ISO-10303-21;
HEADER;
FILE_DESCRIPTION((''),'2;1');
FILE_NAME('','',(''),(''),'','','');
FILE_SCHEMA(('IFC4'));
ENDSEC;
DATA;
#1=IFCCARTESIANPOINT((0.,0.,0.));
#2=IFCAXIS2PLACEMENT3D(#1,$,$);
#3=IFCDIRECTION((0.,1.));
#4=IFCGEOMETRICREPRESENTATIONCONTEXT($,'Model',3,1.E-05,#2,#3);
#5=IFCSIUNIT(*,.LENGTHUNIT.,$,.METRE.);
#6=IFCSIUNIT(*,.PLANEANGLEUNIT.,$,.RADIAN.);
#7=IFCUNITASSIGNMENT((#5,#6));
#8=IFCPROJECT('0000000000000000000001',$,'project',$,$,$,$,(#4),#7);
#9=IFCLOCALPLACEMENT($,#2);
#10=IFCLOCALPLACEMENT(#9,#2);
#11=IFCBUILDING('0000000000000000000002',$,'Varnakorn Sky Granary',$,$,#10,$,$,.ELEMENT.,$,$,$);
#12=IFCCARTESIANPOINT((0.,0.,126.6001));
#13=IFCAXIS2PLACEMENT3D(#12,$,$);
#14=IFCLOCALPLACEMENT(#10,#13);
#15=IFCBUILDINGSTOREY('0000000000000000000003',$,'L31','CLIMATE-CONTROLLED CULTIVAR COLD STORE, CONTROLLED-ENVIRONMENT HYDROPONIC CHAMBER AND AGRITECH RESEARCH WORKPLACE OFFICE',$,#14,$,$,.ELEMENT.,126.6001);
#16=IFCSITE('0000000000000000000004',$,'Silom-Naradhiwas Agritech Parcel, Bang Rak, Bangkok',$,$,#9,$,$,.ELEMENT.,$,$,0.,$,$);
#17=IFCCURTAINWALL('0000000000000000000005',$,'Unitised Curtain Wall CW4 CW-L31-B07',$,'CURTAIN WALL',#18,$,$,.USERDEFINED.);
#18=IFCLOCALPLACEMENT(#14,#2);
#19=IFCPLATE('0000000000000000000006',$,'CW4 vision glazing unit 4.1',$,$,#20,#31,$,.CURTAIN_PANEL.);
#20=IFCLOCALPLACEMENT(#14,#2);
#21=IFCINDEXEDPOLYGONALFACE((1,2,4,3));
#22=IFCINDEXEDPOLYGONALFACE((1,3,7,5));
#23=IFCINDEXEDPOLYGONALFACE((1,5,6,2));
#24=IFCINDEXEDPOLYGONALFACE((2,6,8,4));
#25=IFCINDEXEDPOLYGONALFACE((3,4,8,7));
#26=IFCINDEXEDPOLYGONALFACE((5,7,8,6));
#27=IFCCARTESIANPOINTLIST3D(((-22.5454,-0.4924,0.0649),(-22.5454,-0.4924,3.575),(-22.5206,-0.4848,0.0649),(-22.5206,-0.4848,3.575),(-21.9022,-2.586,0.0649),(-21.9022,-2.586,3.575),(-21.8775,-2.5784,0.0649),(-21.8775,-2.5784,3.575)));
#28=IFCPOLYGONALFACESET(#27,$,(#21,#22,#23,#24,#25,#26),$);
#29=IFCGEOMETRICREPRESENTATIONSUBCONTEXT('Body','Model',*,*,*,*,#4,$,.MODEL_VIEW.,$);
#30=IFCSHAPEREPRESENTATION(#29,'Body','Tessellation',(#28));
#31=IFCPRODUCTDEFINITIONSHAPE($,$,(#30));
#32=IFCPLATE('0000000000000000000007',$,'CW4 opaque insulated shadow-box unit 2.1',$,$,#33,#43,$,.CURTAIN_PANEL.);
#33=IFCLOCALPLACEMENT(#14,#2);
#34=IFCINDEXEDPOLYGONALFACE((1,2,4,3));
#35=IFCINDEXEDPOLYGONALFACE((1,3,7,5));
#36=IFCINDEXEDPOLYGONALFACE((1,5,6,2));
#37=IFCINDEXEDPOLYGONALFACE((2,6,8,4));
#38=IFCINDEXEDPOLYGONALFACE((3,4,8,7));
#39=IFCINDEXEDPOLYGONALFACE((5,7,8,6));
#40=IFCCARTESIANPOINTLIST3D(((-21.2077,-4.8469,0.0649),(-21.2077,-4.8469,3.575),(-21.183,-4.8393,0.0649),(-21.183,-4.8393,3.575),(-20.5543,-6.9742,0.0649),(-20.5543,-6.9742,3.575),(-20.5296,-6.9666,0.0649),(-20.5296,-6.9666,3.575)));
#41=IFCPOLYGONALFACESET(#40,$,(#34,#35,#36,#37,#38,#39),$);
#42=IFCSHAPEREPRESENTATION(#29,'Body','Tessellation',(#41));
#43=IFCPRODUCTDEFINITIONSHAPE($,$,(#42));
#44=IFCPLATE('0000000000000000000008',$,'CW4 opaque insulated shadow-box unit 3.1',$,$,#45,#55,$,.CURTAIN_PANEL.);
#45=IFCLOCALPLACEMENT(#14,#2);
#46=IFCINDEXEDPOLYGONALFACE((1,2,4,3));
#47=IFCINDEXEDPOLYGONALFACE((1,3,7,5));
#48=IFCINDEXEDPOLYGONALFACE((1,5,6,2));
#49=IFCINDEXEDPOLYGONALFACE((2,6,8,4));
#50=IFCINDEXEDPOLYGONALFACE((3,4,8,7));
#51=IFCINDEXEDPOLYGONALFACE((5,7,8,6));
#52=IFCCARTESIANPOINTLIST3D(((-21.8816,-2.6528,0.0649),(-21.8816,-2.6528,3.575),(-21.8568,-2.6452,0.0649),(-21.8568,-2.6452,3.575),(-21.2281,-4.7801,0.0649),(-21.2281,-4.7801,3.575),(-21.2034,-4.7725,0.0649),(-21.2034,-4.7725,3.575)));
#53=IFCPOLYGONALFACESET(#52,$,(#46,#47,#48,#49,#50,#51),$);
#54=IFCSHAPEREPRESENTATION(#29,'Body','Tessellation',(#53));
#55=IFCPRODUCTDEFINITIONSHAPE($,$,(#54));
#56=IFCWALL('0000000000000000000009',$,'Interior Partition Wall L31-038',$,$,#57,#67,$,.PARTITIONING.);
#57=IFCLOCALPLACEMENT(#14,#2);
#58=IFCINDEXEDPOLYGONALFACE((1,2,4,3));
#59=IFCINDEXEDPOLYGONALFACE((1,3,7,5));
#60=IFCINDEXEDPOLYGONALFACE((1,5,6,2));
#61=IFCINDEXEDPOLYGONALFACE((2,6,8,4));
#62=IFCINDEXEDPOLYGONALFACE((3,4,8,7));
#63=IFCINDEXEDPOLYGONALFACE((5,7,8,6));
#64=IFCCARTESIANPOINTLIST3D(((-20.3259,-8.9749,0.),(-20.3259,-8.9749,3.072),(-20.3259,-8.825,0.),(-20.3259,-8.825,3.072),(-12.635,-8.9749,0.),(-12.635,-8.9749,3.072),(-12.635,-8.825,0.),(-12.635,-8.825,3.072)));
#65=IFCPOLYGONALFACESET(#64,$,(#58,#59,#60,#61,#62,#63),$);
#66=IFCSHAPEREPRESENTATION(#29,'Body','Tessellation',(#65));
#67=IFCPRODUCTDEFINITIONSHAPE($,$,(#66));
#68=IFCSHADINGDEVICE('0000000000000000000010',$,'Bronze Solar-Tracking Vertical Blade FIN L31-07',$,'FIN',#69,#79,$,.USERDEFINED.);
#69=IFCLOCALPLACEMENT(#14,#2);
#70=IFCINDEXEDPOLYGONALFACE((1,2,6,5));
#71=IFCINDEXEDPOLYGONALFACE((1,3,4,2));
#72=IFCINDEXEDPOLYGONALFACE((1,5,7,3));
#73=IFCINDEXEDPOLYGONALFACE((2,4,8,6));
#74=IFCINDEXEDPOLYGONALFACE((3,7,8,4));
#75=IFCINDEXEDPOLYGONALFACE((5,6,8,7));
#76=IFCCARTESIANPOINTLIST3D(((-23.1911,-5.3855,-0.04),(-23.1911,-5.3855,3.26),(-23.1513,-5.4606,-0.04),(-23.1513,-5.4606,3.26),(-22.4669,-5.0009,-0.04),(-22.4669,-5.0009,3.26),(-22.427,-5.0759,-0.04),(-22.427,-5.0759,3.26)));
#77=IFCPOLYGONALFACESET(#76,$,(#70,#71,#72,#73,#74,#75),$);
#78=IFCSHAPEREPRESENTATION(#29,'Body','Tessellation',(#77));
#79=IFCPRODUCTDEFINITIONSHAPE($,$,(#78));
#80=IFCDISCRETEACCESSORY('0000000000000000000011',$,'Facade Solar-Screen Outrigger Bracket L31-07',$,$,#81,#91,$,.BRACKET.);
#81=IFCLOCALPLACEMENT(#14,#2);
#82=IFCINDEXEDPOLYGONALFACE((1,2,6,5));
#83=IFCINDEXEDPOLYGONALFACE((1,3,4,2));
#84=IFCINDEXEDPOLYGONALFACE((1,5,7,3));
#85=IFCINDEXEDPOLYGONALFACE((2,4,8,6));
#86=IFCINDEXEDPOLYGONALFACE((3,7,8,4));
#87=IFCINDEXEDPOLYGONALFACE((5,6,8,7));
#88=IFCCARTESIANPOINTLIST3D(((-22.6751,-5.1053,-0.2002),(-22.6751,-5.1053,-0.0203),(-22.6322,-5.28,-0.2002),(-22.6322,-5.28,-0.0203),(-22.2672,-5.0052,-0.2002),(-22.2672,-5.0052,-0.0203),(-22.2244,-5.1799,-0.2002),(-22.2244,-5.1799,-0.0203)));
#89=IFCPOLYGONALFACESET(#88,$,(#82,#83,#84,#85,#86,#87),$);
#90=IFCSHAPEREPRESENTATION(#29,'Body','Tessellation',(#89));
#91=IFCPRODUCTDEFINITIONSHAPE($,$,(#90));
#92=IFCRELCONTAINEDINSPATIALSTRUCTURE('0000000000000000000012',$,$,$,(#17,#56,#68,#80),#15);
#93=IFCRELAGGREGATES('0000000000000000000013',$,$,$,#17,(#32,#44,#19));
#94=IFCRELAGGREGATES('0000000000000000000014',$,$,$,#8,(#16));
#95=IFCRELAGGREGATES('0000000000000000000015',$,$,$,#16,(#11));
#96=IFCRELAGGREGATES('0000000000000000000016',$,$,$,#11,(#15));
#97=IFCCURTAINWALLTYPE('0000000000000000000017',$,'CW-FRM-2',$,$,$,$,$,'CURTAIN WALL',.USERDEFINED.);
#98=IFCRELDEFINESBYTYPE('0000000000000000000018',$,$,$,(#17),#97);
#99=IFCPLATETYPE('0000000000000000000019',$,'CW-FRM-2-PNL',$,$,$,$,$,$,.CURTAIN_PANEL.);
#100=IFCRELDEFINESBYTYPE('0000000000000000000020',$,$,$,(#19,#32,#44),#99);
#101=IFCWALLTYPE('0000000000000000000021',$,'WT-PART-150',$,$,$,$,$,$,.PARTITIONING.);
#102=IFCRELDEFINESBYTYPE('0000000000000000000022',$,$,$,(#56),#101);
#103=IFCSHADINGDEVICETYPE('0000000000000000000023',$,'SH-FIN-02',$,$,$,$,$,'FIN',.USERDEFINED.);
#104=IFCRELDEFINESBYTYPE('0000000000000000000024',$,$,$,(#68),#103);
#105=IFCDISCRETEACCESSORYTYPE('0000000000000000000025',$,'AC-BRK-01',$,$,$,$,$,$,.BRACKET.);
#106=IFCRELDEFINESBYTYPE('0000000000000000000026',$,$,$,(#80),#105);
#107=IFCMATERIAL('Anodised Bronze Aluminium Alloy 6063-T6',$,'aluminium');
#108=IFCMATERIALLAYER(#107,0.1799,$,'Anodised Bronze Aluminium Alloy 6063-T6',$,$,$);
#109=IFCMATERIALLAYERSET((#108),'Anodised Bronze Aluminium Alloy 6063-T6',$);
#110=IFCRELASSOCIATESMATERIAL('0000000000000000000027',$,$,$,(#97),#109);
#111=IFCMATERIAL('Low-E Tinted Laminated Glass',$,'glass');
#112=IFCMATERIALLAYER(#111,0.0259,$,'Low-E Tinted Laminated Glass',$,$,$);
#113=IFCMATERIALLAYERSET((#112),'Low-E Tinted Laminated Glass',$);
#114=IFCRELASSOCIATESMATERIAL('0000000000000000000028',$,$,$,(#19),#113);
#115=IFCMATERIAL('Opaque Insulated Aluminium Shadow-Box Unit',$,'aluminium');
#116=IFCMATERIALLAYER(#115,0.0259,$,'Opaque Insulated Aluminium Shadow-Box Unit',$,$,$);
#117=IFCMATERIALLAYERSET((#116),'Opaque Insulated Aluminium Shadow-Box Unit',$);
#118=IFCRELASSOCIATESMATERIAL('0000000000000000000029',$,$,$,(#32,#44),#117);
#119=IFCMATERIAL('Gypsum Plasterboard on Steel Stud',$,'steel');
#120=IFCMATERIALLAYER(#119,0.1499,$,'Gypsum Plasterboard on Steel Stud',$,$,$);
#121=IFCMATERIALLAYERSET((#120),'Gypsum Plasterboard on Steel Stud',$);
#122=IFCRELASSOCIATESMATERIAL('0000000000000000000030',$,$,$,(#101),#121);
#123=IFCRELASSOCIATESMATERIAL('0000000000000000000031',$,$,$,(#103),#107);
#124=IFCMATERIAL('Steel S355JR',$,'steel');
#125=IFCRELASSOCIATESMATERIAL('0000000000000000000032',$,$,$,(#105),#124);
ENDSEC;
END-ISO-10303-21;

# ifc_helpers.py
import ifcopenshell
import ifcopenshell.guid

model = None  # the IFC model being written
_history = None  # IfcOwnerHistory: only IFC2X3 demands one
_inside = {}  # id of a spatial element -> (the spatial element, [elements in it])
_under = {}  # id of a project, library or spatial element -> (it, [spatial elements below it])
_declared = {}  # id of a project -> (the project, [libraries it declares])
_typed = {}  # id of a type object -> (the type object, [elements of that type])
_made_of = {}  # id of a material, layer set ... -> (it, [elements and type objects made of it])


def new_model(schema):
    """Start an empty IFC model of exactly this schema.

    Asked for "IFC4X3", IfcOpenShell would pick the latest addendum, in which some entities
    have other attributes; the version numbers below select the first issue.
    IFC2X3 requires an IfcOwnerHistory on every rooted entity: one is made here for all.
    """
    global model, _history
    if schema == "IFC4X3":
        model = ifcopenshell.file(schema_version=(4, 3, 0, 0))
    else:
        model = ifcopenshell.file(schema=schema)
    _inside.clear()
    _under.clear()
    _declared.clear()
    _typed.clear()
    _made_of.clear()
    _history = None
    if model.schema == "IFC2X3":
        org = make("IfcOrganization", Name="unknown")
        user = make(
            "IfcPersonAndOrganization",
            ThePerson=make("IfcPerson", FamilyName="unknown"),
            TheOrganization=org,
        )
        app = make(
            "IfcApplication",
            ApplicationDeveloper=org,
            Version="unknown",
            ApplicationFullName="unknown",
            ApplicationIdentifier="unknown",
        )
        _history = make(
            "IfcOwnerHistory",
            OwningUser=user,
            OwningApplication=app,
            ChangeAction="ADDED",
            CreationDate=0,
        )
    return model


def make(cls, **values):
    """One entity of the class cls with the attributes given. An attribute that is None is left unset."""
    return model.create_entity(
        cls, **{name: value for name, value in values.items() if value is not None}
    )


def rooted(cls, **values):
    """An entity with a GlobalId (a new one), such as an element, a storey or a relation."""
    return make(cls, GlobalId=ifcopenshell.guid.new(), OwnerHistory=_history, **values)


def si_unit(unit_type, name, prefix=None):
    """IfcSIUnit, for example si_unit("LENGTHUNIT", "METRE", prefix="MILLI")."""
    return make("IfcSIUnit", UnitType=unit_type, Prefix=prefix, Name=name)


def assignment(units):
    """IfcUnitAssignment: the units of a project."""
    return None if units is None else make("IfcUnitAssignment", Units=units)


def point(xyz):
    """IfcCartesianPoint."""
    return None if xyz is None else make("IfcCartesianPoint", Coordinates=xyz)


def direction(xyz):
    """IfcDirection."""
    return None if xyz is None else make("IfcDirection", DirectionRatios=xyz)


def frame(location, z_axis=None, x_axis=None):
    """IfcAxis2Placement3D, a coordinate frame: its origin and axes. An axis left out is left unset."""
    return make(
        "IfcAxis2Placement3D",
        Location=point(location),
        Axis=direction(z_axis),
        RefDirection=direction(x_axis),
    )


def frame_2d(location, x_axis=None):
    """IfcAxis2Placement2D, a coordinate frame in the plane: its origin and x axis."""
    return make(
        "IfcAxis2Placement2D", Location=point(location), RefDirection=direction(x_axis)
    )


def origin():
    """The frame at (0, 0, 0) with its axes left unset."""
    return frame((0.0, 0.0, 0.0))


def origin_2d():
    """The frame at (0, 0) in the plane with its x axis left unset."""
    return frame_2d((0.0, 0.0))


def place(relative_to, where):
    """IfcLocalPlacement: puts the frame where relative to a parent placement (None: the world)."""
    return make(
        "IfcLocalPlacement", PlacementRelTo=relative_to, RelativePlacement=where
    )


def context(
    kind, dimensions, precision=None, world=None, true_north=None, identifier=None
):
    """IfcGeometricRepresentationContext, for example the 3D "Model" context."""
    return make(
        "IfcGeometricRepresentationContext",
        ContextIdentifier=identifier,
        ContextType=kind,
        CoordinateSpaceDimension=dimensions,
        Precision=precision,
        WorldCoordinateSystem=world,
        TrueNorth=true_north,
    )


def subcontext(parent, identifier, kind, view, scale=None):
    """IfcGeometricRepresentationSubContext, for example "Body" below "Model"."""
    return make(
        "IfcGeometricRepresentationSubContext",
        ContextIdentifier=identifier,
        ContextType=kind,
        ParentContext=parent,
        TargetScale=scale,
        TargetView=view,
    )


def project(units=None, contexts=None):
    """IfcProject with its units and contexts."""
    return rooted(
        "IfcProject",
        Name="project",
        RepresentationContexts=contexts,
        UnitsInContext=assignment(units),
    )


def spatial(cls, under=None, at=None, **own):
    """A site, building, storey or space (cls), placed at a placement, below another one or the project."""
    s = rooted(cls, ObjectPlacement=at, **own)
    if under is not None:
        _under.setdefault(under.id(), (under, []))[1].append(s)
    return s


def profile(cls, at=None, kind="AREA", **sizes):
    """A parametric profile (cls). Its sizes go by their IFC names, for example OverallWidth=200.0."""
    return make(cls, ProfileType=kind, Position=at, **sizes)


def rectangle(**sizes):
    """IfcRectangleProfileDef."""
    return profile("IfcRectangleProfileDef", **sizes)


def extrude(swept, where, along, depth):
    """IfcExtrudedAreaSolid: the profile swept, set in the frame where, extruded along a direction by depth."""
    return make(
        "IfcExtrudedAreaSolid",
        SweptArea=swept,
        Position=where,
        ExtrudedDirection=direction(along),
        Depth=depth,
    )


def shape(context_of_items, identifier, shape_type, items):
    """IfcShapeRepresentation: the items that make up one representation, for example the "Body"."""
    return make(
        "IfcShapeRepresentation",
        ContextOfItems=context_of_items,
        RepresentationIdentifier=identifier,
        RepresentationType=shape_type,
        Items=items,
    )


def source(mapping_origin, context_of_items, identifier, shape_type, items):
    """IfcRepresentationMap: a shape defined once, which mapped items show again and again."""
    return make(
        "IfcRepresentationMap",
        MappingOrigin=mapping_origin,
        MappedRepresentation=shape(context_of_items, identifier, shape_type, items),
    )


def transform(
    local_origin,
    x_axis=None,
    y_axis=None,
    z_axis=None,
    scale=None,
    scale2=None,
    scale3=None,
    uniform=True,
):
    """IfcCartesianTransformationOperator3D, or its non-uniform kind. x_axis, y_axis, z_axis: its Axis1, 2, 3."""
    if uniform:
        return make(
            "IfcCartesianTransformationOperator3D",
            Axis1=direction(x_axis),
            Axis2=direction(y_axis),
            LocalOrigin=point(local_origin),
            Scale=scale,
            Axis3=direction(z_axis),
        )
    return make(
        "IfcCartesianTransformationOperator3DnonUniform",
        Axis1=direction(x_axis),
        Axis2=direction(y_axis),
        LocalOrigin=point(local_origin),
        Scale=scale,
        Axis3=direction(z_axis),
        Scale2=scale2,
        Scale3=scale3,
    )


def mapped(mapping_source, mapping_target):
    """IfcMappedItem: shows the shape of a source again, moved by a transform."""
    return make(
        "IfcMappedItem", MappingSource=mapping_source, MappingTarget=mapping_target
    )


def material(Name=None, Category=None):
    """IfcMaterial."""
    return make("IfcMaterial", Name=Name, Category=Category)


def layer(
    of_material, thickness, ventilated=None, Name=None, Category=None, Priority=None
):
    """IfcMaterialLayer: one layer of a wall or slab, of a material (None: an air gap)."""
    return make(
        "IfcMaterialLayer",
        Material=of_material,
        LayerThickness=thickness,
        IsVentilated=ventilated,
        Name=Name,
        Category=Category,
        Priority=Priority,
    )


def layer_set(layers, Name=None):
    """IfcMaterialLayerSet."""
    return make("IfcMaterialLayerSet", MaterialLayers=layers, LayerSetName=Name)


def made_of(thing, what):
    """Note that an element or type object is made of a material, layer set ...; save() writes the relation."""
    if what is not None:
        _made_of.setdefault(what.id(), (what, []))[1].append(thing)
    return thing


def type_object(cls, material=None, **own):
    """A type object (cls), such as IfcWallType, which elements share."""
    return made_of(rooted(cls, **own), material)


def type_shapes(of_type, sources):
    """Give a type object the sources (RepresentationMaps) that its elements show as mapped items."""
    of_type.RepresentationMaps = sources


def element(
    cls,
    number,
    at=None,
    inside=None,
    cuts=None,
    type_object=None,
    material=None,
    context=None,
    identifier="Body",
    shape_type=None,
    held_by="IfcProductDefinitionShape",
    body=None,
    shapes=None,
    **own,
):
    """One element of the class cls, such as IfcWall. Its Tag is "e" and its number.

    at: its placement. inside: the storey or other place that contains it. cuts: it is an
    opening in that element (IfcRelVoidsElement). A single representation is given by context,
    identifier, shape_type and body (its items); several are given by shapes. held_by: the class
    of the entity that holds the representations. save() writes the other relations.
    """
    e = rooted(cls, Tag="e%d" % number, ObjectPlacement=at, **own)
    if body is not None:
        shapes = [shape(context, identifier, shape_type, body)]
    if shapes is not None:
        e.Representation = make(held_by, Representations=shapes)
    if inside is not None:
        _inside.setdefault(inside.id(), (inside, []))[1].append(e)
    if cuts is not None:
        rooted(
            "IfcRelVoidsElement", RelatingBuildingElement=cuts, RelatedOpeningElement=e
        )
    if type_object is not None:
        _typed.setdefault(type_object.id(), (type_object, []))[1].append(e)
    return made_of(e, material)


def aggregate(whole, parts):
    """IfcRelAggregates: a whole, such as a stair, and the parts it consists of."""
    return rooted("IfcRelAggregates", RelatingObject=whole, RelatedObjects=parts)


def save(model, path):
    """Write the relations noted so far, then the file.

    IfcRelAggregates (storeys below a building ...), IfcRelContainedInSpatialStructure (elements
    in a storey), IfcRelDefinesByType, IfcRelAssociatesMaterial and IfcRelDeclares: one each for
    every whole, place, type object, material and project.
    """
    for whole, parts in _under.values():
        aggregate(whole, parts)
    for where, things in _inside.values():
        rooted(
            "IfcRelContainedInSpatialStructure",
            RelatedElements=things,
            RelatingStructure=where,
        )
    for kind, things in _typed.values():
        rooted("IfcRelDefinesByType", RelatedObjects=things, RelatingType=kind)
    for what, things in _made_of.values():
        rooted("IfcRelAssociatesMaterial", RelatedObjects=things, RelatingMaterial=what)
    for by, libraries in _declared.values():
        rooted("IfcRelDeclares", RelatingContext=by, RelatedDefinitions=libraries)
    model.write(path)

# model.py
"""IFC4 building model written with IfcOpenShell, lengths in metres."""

from ifc_helpers import new_model, si_unit, direction, frame, frame_2d, origin, origin_2d, place, context, subcontext, project, spatial, rectangle, extrude, source, transform, mapped, material, layer, layer_set, type_object, type_shapes, element, aggregate, save


model = new_model("IFC4")

# Units and contexts
model_context = context("Model", 3, precision=1e-05, world=origin(), true_north=direction((0.0, 1.0)))
body_context = subcontext(model_context, "Body", "Model", "MODEL_VIEW")
ifc_project = project(units=[si_unit("LENGTHUNIT", "METRE"), si_unit("PLANEANGLEUNIT", "RADIAN")], contexts=[model_context])

# Site, building, storey
site_placement = place(None, origin())
site = spatial("IfcSite", under=ifc_project, at=site_placement, Name="Silom-Naradhiwas Agritech Parcel, Bang Rak, Bangkok", CompositionType="ELEMENT", RefElevation=0.0)
building_placement = place(site_placement, origin())
building = spatial("IfcBuilding", under=site, at=building_placement, Name="Varnakorn Sky Granary", CompositionType="ELEMENT")
storey_placement = place(building_placement, frame((0.0, 0.0, 126.6001)))
storey = spatial("IfcBuildingStorey", under=building, at=storey_placement, Name="L31", Description="CLIMATE-CONTROLLED CULTIVAR COLD STORE, CONTROLLED-ENVIRONMENT HYDROPONIC CHAMBER AND AGRITECH RESEARCH WORKPLACE OFFICE", CompositionType="ELEMENT", Elevation=126.6001)

# Shared definitions
ifc_material_1 = material(Name="Steel S355JR", Category="steel")

# Curtain wall
ifc_material_2 = material(Name="Anodised Bronze Aluminium Alloy 6063-T6", Category="aluminium")
ifc_layer_1 = layer(ifc_material_2, 0.1799, Name="Anodised Bronze Aluminium Alloy 6063-T6")
ifc_layer_set_1 = layer_set([ifc_layer_1], Name="Anodised Bronze Aluminium Alloy 6063-T6")
curtain_wall_type = type_object("IfcCurtainWallType", Name="CW-FRM-2", ElementType="CURTAIN WALL", PredefinedType="USERDEFINED", material=ifc_layer_set_1)
curtain_wall_placement = place(storey_placement, origin())
curtain_wall = element("IfcCurtainWall", 1, at=curtain_wall_placement, inside=storey, type_object=curtain_wall_type, Name="Unitised Curtain Wall CW4 CW-L31-B07", ObjectType="CURTAIN WALL", PredefinedType="USERDEFINED")

# Plates
ifc_material_3 = material(Name="Low-E Tinted Laminated Glass", Category="glass")
ifc_layer_2 = layer(ifc_material_3, 0.0259, Name="Low-E Tinted Laminated Glass")
ifc_layer_set_2 = layer_set([ifc_layer_2], Name="Low-E Tinted Laminated Glass")
plate_type = type_object("IfcPlateType", Name="CW-FRM-2-PNL", PredefinedType="CURTAIN_PANEL")
shared_shape_1 = source(origin(), body_context, "Body", "SweptSolid", [
    extrude(rectangle(XDim=2.1902, YDim=0.0259, at=origin_2d()), origin(), (0.0, 0.0, 1.0), 3.51),
])
plate_1_placement = place(storey_placement, frame((-22.2114, -1.5354, 0.0649), z_axis=(0.0, 0.0, 1.0), x_axis=(-0.293638, 0.955917, 0.0)))
plate_1 = element("IfcPlate", 2, at=plate_1_placement, type_object=plate_type, material=ifc_layer_set_2, Name="CW4 vision glazing unit 4.1", PredefinedType="CURTAIN_PANEL", context=body_context, shape_type="MappedRepresentation", body=[
    mapped(shared_shape_1, transform((0.0, 0.0, 0.0), x_axis=(1.0, 0.0, 0.0), y_axis=(0.0, 1.0, 0.0), z_axis=(0.0, 0.0, 1.0), scale=1.0)),
])
ifc_material_4 = material(Name="Opaque Insulated Aluminium Shadow-Box Unit", Category="aluminium")
ifc_layer_3 = layer(ifc_material_4, 0.0259, Name="Opaque Insulated Aluminium Shadow-Box Unit")
ifc_layer_set_3 = layer_set([ifc_layer_3], Name="Opaque Insulated Aluminium Shadow-Box Unit")
shared_shape_2 = source(origin(), body_context, "Body", "SweptSolid", [
    extrude(rectangle(XDim=2.2253, YDim=0.0259, at=origin_2d()), origin(), (0.0, 0.0, 1.0), 3.51),
])
type_shapes(plate_type, [shared_shape_1, shared_shape_2])
plate_2_placement = place(storey_placement, frame((-20.8687, -5.9067, 0.0649), z_axis=(0.0, 0.0, 1.0), x_axis=(-0.293638, 0.955917, 0.0)))
plate_2 = element("IfcPlate", 3, at=plate_2_placement, type_object=plate_type, material=ifc_layer_set_3, Name="CW4 opaque insulated shadow-box unit 2.1", PredefinedType="CURTAIN_PANEL", context=body_context, shape_type="MappedRepresentation", body=[
    mapped(shared_shape_2, transform((0.0, 0.0, 0.0), x_axis=(1.0, 0.0, 0.0), y_axis=(0.0, 1.0, 0.0), z_axis=(0.0, 0.0, 1.0), scale=1.0)),
])
plate_3_placement = place(storey_placement, frame((-21.5425, -3.7126, 0.0649), z_axis=(0.0, 0.0, 1.0), x_axis=(-0.293638, 0.955917, 0.0)))
plate_3 = element("IfcPlate", 4, at=plate_3_placement, type_object=plate_type, material=ifc_layer_set_3, Name="CW4 opaque insulated shadow-box unit 3.1", PredefinedType="CURTAIN_PANEL", context=body_context, shape_type="MappedRepresentation", body=[
    mapped(shared_shape_2, transform((0.0, 0.0, 0.0), x_axis=(1.0, 0.0, 0.0), y_axis=(0.0, 1.0, 0.0), z_axis=(0.0, 0.0, 1.0), scale=1.0)),
])
aggregate(curtain_wall, [plate_2, plate_3, plate_1])

# Wall
ifc_material_5 = material(Name="Gypsum Plasterboard on Steel Stud", Category="steel")
ifc_layer_4 = layer(ifc_material_5, 0.1499, Name="Gypsum Plasterboard on Steel Stud")
ifc_layer_set_4 = layer_set([ifc_layer_4], Name="Gypsum Plasterboard on Steel Stud")
wall_type = type_object("IfcWallType", Name="WT-PART-150", PredefinedType="PARTITIONING", material=ifc_layer_set_4)
wall_placement = place(storey_placement, frame((-20.3259, -8.8999, 0.0), z_axis=(0.0, 0.0, 1.0), x_axis=(1.0, 0.0, 0.0)))
element("IfcWall", 5, at=wall_placement, inside=storey, type_object=wall_type, Name="Interior Partition Wall L31-038", PredefinedType="PARTITIONING", context=body_context, shape_type="SweptSolid", body=[
    extrude(rectangle(XDim=7.6909, YDim=0.1499, at=frame_2d((3.8455, 0.0))), origin(), (0.0, 0.0, 1.0), 3.072),
])

# Shading device
shading_device_type = type_object("IfcShadingDeviceType", Name="SH-FIN-02", ElementType="FIN", PredefinedType="USERDEFINED", material=ifc_material_2)
shared_shape_3 = source(origin(), body_context, "Body", "SweptSolid", [
    extrude(rectangle(XDim=0.085, YDim=0.8201, at=origin_2d()), origin(), (0.0, 0.0, 1.0), 3.3),
])
type_shapes(shading_device_type, [shared_shape_3])
shading_device_placement = place(storey_placement, frame((-22.8091, -5.2307, -0.04), z_axis=(0.0, 0.0, 1.0), x_axis=(0.46906, -0.883166, 0.0)))
element("IfcShadingDevice", 6, at=shading_device_placement, inside=storey, type_object=shading_device_type, Name="Bronze Solar-Tracking Vertical Blade FIN L31-07", ObjectType="FIN", PredefinedType="USERDEFINED", context=body_context, shape_type="MappedRepresentation", body=[
    mapped(shared_shape_3, transform((0.0, 0.0, 0.0), x_axis=(1.0, 0.0, 0.0), y_axis=(0.0, 1.0, 0.0), z_axis=(0.0, 0.0, 1.0), scale=1.0)),
])

# Discrete accessory
discrete_accessory_type = type_object("IfcDiscreteAccessoryType", Name="AC-BRK-01", PredefinedType="BRACKET", material=ifc_material_1)
shared_shape_4 = source(origin(), body_context, "Body", "SweptSolid", [
    extrude(rectangle(XDim=0.1799, YDim=0.4199, at=origin_2d()), origin(), (0.0, 0.0, 1.0), 0.1799),
])
type_shapes(discrete_accessory_type, [shared_shape_4])
discrete_accessory_placement = place(storey_placement, frame((-22.4497, -5.1426, -0.2002), z_axis=(0.0, 0.0, 1.0), x_axis=(0.238397, -0.971168, 0.0)))
element("IfcDiscreteAccessory", 7, at=discrete_accessory_placement, inside=storey, type_object=discrete_accessory_type, Name="Facade Solar-Screen Outrigger Bracket L31-07", PredefinedType="BRACKET", context=body_context, shape_type="MappedRepresentation", body=[
    mapped(shared_shape_4, transform((0.0, 0.0, 0.0), x_axis=(1.0, 0.0, 0.0), y_axis=(0.0, 1.0, 0.0), z_axis=(0.0, 0.0, 1.0), scale=1.0)),
])

save(model, "model.ifc")
